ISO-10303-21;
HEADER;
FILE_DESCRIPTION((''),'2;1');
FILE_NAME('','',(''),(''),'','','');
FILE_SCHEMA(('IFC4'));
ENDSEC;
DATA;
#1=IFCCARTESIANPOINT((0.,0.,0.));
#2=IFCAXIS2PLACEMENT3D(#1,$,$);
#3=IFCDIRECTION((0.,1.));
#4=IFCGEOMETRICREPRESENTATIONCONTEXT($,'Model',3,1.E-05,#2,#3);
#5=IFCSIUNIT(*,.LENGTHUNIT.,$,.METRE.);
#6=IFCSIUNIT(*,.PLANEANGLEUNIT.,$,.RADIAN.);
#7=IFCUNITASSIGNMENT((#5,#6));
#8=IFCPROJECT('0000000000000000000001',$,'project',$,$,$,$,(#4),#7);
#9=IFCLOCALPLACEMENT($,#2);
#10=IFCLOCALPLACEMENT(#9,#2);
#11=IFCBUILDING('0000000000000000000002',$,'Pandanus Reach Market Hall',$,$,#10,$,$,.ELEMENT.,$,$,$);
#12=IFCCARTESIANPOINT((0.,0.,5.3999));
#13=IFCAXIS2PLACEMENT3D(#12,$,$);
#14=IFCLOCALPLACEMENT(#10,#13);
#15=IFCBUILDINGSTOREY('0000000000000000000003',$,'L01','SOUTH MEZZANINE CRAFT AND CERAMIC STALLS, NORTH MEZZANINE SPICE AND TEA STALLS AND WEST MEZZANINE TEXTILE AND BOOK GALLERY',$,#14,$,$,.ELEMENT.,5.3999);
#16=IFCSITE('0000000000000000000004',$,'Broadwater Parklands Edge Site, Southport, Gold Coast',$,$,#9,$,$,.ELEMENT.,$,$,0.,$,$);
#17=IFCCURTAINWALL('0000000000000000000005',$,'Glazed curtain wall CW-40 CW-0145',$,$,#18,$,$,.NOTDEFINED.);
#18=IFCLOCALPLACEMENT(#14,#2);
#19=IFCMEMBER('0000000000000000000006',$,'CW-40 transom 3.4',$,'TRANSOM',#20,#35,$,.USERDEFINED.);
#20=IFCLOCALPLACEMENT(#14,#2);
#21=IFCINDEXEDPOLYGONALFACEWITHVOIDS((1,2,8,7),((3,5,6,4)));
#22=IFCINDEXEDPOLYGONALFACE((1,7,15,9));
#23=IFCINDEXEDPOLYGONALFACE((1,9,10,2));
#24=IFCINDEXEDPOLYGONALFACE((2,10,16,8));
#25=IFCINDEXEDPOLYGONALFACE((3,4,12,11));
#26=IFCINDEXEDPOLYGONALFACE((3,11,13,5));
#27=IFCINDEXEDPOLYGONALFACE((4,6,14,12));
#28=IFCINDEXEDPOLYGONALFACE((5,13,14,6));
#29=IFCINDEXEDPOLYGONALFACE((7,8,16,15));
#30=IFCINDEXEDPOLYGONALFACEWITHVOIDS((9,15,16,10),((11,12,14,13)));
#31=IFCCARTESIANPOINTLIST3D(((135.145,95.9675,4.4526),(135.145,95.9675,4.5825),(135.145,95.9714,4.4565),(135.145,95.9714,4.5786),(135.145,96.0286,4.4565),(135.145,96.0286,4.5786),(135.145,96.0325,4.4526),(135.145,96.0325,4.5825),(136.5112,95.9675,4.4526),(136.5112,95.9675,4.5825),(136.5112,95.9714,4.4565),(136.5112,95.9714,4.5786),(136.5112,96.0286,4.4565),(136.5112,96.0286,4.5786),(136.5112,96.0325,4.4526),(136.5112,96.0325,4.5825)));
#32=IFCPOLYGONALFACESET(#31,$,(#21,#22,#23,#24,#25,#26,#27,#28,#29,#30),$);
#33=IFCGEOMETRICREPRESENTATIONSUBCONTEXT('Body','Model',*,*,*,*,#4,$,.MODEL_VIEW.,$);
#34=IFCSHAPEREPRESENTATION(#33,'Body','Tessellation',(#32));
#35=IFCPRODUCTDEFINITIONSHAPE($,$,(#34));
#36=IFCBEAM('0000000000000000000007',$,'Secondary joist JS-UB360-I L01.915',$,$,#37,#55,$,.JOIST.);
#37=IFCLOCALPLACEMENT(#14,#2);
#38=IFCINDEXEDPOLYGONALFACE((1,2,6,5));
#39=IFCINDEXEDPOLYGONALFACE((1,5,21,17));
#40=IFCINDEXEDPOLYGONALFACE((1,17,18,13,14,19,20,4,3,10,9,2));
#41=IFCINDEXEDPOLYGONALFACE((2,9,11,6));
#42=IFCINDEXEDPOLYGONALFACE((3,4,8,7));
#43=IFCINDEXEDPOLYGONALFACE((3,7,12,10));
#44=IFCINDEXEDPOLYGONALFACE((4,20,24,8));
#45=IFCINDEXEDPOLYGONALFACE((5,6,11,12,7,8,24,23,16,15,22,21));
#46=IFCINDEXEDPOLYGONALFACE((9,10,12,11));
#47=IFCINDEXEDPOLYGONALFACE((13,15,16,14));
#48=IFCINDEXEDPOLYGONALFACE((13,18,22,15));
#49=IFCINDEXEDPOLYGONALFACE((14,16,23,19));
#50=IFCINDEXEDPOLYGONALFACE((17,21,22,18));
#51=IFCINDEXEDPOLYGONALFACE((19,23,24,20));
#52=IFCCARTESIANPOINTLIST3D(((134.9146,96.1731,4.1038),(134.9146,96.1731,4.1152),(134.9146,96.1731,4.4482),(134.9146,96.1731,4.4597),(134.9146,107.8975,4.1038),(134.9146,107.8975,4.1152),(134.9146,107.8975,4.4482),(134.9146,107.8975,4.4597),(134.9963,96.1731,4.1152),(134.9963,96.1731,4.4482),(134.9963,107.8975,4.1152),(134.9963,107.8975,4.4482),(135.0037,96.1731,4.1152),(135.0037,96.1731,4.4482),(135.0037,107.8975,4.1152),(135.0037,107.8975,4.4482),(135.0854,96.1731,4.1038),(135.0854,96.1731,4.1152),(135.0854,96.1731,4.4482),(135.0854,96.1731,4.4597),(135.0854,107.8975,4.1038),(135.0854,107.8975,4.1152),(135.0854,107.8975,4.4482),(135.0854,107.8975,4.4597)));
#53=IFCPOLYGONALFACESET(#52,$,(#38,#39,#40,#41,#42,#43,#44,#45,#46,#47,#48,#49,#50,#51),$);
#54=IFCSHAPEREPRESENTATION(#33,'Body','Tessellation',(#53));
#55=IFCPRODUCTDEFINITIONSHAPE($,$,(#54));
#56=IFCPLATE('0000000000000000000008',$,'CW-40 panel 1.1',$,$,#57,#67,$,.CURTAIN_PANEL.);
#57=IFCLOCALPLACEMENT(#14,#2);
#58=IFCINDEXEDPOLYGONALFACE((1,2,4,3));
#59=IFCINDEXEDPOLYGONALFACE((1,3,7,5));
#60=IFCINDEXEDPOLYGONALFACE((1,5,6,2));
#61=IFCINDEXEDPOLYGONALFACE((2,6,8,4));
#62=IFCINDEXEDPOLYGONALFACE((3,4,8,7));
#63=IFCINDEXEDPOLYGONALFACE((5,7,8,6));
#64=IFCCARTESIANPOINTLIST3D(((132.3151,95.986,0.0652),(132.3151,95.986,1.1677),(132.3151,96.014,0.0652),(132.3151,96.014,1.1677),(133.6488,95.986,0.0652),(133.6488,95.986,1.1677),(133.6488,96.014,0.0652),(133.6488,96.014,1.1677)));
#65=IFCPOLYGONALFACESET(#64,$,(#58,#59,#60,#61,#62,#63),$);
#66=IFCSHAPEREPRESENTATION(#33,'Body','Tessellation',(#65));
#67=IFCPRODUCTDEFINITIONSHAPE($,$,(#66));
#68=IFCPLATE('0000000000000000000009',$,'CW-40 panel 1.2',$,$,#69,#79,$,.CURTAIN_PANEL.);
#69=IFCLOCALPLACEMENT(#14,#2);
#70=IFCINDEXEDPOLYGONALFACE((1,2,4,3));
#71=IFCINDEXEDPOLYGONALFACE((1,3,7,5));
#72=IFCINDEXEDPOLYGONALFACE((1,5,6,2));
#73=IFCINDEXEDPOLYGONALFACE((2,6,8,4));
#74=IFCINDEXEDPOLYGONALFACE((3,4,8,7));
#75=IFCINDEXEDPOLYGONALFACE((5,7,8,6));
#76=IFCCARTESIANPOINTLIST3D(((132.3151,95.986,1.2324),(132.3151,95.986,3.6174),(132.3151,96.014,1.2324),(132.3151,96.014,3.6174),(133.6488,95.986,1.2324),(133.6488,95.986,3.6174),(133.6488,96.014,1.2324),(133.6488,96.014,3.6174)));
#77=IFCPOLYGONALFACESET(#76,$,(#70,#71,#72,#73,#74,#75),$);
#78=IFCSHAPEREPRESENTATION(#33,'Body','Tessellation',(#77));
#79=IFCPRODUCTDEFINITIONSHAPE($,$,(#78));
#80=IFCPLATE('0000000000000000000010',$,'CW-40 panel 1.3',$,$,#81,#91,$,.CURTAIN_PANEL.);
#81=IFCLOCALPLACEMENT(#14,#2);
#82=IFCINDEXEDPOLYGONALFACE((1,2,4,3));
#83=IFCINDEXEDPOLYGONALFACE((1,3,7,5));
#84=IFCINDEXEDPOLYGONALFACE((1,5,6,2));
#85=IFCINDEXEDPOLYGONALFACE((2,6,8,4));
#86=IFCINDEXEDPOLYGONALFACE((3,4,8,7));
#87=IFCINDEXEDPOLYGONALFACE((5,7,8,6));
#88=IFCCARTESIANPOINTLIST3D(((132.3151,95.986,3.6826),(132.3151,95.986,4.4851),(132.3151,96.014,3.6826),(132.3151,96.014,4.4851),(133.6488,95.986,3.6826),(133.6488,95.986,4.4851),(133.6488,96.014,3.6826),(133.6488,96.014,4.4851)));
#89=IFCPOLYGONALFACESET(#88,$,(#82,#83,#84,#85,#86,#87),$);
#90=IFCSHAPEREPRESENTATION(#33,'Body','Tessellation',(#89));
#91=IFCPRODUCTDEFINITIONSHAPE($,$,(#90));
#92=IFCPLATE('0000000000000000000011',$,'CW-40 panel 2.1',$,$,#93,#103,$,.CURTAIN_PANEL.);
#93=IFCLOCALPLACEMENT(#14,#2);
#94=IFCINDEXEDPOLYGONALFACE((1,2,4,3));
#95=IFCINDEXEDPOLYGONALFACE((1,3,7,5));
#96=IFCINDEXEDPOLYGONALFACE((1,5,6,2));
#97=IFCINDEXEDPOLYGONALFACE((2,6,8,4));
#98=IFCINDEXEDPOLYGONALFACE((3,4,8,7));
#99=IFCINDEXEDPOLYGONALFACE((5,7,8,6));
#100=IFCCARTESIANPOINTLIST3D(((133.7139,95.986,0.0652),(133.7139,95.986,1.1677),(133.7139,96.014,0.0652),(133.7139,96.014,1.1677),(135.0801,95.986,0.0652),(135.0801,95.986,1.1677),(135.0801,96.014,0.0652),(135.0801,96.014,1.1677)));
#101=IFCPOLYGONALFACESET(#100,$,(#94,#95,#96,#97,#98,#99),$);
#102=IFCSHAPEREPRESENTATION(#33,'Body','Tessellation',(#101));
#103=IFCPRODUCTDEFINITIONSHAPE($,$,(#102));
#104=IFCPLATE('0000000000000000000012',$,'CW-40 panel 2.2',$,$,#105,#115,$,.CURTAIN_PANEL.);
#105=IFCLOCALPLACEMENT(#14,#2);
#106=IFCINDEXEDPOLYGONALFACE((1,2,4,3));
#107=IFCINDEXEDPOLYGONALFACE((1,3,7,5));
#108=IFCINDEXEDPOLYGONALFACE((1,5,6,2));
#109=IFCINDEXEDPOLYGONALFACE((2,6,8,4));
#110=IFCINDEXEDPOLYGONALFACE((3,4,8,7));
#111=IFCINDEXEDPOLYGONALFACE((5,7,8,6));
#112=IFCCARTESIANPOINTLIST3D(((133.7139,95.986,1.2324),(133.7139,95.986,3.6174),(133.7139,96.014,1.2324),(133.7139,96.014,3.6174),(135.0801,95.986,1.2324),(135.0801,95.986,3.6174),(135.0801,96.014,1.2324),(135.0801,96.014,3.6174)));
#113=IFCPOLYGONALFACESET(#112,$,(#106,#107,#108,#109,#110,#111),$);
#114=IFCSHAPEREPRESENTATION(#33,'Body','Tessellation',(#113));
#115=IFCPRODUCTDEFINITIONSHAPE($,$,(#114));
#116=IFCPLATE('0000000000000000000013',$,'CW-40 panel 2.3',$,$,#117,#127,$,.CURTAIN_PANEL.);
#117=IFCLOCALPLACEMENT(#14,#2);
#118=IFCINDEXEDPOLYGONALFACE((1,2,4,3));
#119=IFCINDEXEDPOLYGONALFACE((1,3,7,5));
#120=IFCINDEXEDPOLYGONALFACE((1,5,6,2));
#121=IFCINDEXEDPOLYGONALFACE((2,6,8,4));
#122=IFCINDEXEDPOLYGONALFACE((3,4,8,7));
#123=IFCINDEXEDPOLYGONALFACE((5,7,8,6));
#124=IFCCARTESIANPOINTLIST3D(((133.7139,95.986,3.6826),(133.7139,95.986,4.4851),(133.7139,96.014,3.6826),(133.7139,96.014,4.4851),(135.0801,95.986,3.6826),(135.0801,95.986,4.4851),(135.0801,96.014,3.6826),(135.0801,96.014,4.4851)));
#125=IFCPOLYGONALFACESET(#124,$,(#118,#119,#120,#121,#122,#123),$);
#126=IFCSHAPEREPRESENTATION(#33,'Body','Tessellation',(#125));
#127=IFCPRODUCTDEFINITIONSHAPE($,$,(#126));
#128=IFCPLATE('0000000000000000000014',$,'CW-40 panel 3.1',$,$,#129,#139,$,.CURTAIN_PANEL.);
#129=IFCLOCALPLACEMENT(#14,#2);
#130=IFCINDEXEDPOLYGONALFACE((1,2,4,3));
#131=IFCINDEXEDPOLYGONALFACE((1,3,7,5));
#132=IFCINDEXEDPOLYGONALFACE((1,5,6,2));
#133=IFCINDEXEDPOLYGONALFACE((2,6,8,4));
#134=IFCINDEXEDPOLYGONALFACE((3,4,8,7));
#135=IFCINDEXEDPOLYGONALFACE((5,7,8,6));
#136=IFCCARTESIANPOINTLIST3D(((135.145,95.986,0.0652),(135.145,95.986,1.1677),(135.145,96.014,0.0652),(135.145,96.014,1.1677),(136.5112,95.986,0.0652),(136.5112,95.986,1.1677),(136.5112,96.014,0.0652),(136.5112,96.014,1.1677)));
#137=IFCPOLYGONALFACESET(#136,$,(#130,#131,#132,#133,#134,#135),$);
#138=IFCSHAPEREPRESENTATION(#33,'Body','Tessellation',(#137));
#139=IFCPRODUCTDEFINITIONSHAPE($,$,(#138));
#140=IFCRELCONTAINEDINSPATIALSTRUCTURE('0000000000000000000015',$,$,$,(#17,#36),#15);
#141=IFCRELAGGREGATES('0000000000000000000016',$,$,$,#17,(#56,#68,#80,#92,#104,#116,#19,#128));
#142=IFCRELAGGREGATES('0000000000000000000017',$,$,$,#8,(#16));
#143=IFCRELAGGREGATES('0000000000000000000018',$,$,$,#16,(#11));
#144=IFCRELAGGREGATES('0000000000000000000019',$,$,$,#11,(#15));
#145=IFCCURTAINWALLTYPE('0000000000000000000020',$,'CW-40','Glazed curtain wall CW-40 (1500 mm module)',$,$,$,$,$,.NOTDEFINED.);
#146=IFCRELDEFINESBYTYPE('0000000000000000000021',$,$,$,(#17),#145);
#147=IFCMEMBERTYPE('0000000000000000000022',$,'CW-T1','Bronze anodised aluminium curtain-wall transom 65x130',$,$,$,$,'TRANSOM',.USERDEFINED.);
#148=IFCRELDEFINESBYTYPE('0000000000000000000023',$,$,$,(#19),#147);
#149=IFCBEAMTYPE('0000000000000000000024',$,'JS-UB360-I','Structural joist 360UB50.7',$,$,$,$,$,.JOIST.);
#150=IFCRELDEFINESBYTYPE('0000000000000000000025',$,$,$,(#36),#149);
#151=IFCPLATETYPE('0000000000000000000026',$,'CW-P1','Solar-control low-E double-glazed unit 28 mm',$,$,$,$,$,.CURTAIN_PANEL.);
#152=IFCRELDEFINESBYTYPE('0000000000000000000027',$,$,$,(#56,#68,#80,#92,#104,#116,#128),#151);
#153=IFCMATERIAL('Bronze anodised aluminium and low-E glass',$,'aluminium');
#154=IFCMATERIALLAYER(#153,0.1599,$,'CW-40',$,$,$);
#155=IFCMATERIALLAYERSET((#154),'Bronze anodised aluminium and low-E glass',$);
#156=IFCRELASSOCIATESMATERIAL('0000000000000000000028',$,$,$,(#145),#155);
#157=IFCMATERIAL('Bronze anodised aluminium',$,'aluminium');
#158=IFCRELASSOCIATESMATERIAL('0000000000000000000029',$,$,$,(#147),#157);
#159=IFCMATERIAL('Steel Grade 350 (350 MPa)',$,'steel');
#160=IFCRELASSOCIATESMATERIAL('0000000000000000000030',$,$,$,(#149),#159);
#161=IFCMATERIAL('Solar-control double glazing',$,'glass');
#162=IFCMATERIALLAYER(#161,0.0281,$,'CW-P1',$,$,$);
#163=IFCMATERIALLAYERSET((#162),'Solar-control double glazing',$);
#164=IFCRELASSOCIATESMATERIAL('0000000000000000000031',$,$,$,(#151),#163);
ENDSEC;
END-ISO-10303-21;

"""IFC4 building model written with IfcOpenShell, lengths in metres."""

from ifc_helpers import new_model, si_unit, direction, frame, origin, origin_2d, place, context, subcontext, project, spatial, rectangle, hollow_rectangle, i_section, extrude, material, layer, layer_set, material_profile, profile_set, type_object, element, aggregate, save


model = new_model("IFC4")

# Units and contexts
model_context = context("Model", 3, precision=1e-05, world=origin(), true_north=direction((0.0, 1.0)))
body_context = subcontext(model_context, "Body", "Model", "MODEL_VIEW")
ifc_project = project(units=[si_unit("LENGTHUNIT", "METRE"), si_unit("PLANEANGLEUNIT", "RADIAN")], contexts=[model_context])

# Site, building, storey
site_placement = place(None, origin())
site = spatial("IfcSite", under=ifc_project, at=site_placement, Name="Broadwater Parklands Edge Site, Southport, Gold Coast", CompositionType="ELEMENT", RefElevation=0.0)
building_placement = place(site_placement, origin())
building = spatial("IfcBuilding", under=site, at=building_placement, Name="Pandanus Reach Market Hall", CompositionType="ELEMENT")
storey_placement = place(building_placement, frame((0.0, 0.0, 5.3999)))
storey = spatial("IfcBuildingStorey", under=building, at=storey_placement, Name="L01", Description="SOUTH MEZZANINE CRAFT AND CERAMIC STALLS, NORTH MEZZANINE SPICE AND TEA STALLS AND WEST MEZZANINE TEXTILE AND BOOK GALLERY", CompositionType="ELEMENT", Elevation=5.3999)

# Curtain wall, member
ifc_material_1 = material(Name="Bronze anodised aluminium and low-E glass", Category="aluminium")
ifc_layer_1 = layer(ifc_material_1, 0.1599, Name="CW-40")
ifc_layer_set_1 = layer_set([ifc_layer_1], Name="Bronze anodised aluminium and low-E glass")
curtain_wall_type = type_object("IfcCurtainWallType", Name="CW-40", Description="Glazed curtain wall CW-40 (1500 mm module)", PredefinedType="NOTDEFINED", material=ifc_layer_set_1)
curtain_wall_placement = place(storey_placement, origin())
curtain_wall = element("IfcCurtainWall", 1, at=curtain_wall_placement, inside=storey, type_object=curtain_wall_type, Name="Glazed curtain wall CW-40 CW-0145", PredefinedType="NOTDEFINED")
ifc_material_2 = material(Name="Bronze anodised aluminium", Category="aluminium")
ifc_material_profile_1 = material_profile(ifc_material_2, hollow_rectangle(XDim=0.0649, YDim=0.1299, WallThickness=0.0039, at=origin_2d()), Name="ALU65x130", Category="LoadBearing")
ifc_profile_set_1 = profile_set([ifc_material_profile_1], Name="Bronze anodised aluminium")
member_type_1 = type_object("IfcMemberType", Name="CW-T1", Description="Bronze anodised aluminium curtain-wall transom 65x130", ElementType="TRANSOM", PredefinedType="USERDEFINED", material=ifc_profile_set_1)
member_1_placement = place(storey_placement, frame((135.145, 96.0, 4.5176), z_axis=(1.0, 0.0, 0.0), x_axis=(0.0, 1.0, 0.0)))
member_1 = element("IfcMember", 2, at=member_1_placement, type_object=member_type_1, Name="CW-40 transom 3.4", ObjectType="TRANSOM", PredefinedType="USERDEFINED", context=body_context, shape_type="SweptSolid", body=[
    extrude(hollow_rectangle(XDim=0.0649, YDim=0.1299, WallThickness=0.0039, at=origin_2d()), origin(), (0.0, 0.0, 1.0), 1.3662),
])

# Beam
ifc_material_3 = material(Name="Steel Grade 350 (350 MPa)", Category="steel")
ifc_material_profile_2 = material_profile(ifc_material_3, i_section(OverallWidth=0.1709, OverallDepth=0.356, WebThickness=0.0073, FlangeThickness=0.0115, at=origin_2d()), Name="360UB50.7", Category="LoadBearing")
ifc_profile_set_2 = profile_set([ifc_material_profile_2], Name="Steel Grade 350 (350 MPa)")
beam_type = type_object("IfcBeamType", Name="JS-UB360-I", Description="Structural joist 360UB50.7", PredefinedType="JOIST", material=ifc_profile_set_2)
beam_placement = place(storey_placement, frame((135.0, 96.1731, 4.2817), z_axis=(0.0, 1.0, 0.0), x_axis=(-1.0, 0.0, 0.0)))
element("IfcBeam", 3, at=beam_placement, inside=storey, type_object=beam_type, Name="Secondary joist JS-UB360-I L01.915", PredefinedType="JOIST", context=body_context, shape_type="SweptSolid", body=[
    extrude(i_section(OverallWidth=0.1709, OverallDepth=0.356, WebThickness=0.0073, FlangeThickness=0.0115, at=origin_2d()), origin(), (0.0, 0.0, 1.0), 11.7244),
])

# Plates
ifc_material_4 = material(Name="Solar-control double glazing", Category="glass")
ifc_layer_2 = layer(ifc_material_4, 0.0281, Name="CW-P1")
ifc_layer_set_2 = layer_set([ifc_layer_2], Name="Solar-control double glazing")
plate_type = type_object("IfcPlateType", Name="CW-P1", Description="Solar-control low-E double-glazed unit 28 mm", PredefinedType="CURTAIN_PANEL", material=ifc_layer_set_2)
plate_1_placement = place(storey_placement, frame((132.9819, 96.0, 0.0652), z_axis=(0.0, 0.0, 1.0), x_axis=(1.0, 0.0, 0.0)))
plate_1 = element("IfcPlate", 4, at=plate_1_placement, type_object=plate_type, Name="CW-40 panel 1.1", PredefinedType="CURTAIN_PANEL", context=body_context, shape_type="SweptSolid", body=[
    extrude(rectangle(XDim=1.3337, YDim=0.0281, at=origin_2d()), origin(), (0.0, 0.0, 1.0), 1.1025),
])
plate_2_placement = place(storey_placement, frame((132.9819, 96.0, 1.2324), z_axis=(0.0, 0.0, 1.0), x_axis=(1.0, 0.0, 0.0)))
plate_2 = element("IfcPlate", 5, at=plate_2_placement, type_object=plate_type, Name="CW-40 panel 1.2", PredefinedType="CURTAIN_PANEL", context=body_context, shape_type="SweptSolid", body=[
    extrude(rectangle(XDim=1.3337, YDim=0.0281, at=origin_2d()), origin(), (0.0, 0.0, 1.0), 2.385),
])
plate_3_placement = place(storey_placement, frame((132.9819, 96.0, 3.6826), z_axis=(0.0, 0.0, 1.0), x_axis=(1.0, 0.0, 0.0)))
plate_3 = element("IfcPlate", 6, at=plate_3_placement, type_object=plate_type, Name="CW-40 panel 1.3", PredefinedType="CURTAIN_PANEL", context=body_context, shape_type="SweptSolid", body=[
    extrude(rectangle(XDim=1.3337, YDim=0.0281, at=origin_2d()), origin(), (0.0, 0.0, 1.0), 0.8025),
])
plate_4_placement = place(storey_placement, frame((134.397, 96.0, 0.0652), z_axis=(0.0, 0.0, 1.0), x_axis=(1.0, 0.0, 0.0)))
plate_4 = element("IfcPlate", 7, at=plate_4_placement, type_object=plate_type, Name="CW-40 panel 2.1", PredefinedType="CURTAIN_PANEL", context=body_context, shape_type="SweptSolid", body=[
    extrude(rectangle(XDim=1.3662, YDim=0.0281, at=origin_2d()), origin(), (0.0, 0.0, 1.0), 1.1025),
])
plate_5_placement = place(storey_placement, frame((134.397, 96.0, 1.2324), z_axis=(0.0, 0.0, 1.0), x_axis=(1.0, 0.0, 0.0)))
plate_5 = element("IfcPlate", 8, at=plate_5_placement, type_object=plate_type, Name="CW-40 panel 2.2", PredefinedType="CURTAIN_PANEL", context=body_context, shape_type="SweptSolid", body=[
    extrude(rectangle(XDim=1.3662, YDim=0.0281, at=origin_2d()), origin(), (0.0, 0.0, 1.0), 2.385),
])
plate_6_placement = place(storey_placement, frame((134.397, 96.0, 3.6826), z_axis=(0.0, 0.0, 1.0), x_axis=(1.0, 0.0, 0.0)))
plate_6 = element("IfcPlate", 9, at=plate_6_placement, type_object=plate_type, Name="CW-40 panel 2.3", PredefinedType="CURTAIN_PANEL", context=body_context, shape_type="SweptSolid", body=[
    extrude(rectangle(XDim=1.3662, YDim=0.0281, at=origin_2d()), origin(), (0.0, 0.0, 1.0), 0.8025),
])
plate_7_placement = place(storey_placement, frame((135.8281, 96.0, 0.0652), z_axis=(0.0, 0.0, 1.0), x_axis=(1.0, 0.0, 0.0)))
plate_7 = element("IfcPlate", 10, at=plate_7_placement, type_object=plate_type, Name="CW-40 panel 3.1", PredefinedType="CURTAIN_PANEL", context=body_context, shape_type="SweptSolid", body=[
    extrude(rectangle(XDim=1.3662, YDim=0.0281, at=origin_2d()), origin(), (0.0, 0.0, 1.0), 1.1025),
])
aggregate(curtain_wall, [plate_1, plate_2, plate_3, plate_4, plate_5, plate_6, member_1, plate_7])

save(model, "model.ifc")
